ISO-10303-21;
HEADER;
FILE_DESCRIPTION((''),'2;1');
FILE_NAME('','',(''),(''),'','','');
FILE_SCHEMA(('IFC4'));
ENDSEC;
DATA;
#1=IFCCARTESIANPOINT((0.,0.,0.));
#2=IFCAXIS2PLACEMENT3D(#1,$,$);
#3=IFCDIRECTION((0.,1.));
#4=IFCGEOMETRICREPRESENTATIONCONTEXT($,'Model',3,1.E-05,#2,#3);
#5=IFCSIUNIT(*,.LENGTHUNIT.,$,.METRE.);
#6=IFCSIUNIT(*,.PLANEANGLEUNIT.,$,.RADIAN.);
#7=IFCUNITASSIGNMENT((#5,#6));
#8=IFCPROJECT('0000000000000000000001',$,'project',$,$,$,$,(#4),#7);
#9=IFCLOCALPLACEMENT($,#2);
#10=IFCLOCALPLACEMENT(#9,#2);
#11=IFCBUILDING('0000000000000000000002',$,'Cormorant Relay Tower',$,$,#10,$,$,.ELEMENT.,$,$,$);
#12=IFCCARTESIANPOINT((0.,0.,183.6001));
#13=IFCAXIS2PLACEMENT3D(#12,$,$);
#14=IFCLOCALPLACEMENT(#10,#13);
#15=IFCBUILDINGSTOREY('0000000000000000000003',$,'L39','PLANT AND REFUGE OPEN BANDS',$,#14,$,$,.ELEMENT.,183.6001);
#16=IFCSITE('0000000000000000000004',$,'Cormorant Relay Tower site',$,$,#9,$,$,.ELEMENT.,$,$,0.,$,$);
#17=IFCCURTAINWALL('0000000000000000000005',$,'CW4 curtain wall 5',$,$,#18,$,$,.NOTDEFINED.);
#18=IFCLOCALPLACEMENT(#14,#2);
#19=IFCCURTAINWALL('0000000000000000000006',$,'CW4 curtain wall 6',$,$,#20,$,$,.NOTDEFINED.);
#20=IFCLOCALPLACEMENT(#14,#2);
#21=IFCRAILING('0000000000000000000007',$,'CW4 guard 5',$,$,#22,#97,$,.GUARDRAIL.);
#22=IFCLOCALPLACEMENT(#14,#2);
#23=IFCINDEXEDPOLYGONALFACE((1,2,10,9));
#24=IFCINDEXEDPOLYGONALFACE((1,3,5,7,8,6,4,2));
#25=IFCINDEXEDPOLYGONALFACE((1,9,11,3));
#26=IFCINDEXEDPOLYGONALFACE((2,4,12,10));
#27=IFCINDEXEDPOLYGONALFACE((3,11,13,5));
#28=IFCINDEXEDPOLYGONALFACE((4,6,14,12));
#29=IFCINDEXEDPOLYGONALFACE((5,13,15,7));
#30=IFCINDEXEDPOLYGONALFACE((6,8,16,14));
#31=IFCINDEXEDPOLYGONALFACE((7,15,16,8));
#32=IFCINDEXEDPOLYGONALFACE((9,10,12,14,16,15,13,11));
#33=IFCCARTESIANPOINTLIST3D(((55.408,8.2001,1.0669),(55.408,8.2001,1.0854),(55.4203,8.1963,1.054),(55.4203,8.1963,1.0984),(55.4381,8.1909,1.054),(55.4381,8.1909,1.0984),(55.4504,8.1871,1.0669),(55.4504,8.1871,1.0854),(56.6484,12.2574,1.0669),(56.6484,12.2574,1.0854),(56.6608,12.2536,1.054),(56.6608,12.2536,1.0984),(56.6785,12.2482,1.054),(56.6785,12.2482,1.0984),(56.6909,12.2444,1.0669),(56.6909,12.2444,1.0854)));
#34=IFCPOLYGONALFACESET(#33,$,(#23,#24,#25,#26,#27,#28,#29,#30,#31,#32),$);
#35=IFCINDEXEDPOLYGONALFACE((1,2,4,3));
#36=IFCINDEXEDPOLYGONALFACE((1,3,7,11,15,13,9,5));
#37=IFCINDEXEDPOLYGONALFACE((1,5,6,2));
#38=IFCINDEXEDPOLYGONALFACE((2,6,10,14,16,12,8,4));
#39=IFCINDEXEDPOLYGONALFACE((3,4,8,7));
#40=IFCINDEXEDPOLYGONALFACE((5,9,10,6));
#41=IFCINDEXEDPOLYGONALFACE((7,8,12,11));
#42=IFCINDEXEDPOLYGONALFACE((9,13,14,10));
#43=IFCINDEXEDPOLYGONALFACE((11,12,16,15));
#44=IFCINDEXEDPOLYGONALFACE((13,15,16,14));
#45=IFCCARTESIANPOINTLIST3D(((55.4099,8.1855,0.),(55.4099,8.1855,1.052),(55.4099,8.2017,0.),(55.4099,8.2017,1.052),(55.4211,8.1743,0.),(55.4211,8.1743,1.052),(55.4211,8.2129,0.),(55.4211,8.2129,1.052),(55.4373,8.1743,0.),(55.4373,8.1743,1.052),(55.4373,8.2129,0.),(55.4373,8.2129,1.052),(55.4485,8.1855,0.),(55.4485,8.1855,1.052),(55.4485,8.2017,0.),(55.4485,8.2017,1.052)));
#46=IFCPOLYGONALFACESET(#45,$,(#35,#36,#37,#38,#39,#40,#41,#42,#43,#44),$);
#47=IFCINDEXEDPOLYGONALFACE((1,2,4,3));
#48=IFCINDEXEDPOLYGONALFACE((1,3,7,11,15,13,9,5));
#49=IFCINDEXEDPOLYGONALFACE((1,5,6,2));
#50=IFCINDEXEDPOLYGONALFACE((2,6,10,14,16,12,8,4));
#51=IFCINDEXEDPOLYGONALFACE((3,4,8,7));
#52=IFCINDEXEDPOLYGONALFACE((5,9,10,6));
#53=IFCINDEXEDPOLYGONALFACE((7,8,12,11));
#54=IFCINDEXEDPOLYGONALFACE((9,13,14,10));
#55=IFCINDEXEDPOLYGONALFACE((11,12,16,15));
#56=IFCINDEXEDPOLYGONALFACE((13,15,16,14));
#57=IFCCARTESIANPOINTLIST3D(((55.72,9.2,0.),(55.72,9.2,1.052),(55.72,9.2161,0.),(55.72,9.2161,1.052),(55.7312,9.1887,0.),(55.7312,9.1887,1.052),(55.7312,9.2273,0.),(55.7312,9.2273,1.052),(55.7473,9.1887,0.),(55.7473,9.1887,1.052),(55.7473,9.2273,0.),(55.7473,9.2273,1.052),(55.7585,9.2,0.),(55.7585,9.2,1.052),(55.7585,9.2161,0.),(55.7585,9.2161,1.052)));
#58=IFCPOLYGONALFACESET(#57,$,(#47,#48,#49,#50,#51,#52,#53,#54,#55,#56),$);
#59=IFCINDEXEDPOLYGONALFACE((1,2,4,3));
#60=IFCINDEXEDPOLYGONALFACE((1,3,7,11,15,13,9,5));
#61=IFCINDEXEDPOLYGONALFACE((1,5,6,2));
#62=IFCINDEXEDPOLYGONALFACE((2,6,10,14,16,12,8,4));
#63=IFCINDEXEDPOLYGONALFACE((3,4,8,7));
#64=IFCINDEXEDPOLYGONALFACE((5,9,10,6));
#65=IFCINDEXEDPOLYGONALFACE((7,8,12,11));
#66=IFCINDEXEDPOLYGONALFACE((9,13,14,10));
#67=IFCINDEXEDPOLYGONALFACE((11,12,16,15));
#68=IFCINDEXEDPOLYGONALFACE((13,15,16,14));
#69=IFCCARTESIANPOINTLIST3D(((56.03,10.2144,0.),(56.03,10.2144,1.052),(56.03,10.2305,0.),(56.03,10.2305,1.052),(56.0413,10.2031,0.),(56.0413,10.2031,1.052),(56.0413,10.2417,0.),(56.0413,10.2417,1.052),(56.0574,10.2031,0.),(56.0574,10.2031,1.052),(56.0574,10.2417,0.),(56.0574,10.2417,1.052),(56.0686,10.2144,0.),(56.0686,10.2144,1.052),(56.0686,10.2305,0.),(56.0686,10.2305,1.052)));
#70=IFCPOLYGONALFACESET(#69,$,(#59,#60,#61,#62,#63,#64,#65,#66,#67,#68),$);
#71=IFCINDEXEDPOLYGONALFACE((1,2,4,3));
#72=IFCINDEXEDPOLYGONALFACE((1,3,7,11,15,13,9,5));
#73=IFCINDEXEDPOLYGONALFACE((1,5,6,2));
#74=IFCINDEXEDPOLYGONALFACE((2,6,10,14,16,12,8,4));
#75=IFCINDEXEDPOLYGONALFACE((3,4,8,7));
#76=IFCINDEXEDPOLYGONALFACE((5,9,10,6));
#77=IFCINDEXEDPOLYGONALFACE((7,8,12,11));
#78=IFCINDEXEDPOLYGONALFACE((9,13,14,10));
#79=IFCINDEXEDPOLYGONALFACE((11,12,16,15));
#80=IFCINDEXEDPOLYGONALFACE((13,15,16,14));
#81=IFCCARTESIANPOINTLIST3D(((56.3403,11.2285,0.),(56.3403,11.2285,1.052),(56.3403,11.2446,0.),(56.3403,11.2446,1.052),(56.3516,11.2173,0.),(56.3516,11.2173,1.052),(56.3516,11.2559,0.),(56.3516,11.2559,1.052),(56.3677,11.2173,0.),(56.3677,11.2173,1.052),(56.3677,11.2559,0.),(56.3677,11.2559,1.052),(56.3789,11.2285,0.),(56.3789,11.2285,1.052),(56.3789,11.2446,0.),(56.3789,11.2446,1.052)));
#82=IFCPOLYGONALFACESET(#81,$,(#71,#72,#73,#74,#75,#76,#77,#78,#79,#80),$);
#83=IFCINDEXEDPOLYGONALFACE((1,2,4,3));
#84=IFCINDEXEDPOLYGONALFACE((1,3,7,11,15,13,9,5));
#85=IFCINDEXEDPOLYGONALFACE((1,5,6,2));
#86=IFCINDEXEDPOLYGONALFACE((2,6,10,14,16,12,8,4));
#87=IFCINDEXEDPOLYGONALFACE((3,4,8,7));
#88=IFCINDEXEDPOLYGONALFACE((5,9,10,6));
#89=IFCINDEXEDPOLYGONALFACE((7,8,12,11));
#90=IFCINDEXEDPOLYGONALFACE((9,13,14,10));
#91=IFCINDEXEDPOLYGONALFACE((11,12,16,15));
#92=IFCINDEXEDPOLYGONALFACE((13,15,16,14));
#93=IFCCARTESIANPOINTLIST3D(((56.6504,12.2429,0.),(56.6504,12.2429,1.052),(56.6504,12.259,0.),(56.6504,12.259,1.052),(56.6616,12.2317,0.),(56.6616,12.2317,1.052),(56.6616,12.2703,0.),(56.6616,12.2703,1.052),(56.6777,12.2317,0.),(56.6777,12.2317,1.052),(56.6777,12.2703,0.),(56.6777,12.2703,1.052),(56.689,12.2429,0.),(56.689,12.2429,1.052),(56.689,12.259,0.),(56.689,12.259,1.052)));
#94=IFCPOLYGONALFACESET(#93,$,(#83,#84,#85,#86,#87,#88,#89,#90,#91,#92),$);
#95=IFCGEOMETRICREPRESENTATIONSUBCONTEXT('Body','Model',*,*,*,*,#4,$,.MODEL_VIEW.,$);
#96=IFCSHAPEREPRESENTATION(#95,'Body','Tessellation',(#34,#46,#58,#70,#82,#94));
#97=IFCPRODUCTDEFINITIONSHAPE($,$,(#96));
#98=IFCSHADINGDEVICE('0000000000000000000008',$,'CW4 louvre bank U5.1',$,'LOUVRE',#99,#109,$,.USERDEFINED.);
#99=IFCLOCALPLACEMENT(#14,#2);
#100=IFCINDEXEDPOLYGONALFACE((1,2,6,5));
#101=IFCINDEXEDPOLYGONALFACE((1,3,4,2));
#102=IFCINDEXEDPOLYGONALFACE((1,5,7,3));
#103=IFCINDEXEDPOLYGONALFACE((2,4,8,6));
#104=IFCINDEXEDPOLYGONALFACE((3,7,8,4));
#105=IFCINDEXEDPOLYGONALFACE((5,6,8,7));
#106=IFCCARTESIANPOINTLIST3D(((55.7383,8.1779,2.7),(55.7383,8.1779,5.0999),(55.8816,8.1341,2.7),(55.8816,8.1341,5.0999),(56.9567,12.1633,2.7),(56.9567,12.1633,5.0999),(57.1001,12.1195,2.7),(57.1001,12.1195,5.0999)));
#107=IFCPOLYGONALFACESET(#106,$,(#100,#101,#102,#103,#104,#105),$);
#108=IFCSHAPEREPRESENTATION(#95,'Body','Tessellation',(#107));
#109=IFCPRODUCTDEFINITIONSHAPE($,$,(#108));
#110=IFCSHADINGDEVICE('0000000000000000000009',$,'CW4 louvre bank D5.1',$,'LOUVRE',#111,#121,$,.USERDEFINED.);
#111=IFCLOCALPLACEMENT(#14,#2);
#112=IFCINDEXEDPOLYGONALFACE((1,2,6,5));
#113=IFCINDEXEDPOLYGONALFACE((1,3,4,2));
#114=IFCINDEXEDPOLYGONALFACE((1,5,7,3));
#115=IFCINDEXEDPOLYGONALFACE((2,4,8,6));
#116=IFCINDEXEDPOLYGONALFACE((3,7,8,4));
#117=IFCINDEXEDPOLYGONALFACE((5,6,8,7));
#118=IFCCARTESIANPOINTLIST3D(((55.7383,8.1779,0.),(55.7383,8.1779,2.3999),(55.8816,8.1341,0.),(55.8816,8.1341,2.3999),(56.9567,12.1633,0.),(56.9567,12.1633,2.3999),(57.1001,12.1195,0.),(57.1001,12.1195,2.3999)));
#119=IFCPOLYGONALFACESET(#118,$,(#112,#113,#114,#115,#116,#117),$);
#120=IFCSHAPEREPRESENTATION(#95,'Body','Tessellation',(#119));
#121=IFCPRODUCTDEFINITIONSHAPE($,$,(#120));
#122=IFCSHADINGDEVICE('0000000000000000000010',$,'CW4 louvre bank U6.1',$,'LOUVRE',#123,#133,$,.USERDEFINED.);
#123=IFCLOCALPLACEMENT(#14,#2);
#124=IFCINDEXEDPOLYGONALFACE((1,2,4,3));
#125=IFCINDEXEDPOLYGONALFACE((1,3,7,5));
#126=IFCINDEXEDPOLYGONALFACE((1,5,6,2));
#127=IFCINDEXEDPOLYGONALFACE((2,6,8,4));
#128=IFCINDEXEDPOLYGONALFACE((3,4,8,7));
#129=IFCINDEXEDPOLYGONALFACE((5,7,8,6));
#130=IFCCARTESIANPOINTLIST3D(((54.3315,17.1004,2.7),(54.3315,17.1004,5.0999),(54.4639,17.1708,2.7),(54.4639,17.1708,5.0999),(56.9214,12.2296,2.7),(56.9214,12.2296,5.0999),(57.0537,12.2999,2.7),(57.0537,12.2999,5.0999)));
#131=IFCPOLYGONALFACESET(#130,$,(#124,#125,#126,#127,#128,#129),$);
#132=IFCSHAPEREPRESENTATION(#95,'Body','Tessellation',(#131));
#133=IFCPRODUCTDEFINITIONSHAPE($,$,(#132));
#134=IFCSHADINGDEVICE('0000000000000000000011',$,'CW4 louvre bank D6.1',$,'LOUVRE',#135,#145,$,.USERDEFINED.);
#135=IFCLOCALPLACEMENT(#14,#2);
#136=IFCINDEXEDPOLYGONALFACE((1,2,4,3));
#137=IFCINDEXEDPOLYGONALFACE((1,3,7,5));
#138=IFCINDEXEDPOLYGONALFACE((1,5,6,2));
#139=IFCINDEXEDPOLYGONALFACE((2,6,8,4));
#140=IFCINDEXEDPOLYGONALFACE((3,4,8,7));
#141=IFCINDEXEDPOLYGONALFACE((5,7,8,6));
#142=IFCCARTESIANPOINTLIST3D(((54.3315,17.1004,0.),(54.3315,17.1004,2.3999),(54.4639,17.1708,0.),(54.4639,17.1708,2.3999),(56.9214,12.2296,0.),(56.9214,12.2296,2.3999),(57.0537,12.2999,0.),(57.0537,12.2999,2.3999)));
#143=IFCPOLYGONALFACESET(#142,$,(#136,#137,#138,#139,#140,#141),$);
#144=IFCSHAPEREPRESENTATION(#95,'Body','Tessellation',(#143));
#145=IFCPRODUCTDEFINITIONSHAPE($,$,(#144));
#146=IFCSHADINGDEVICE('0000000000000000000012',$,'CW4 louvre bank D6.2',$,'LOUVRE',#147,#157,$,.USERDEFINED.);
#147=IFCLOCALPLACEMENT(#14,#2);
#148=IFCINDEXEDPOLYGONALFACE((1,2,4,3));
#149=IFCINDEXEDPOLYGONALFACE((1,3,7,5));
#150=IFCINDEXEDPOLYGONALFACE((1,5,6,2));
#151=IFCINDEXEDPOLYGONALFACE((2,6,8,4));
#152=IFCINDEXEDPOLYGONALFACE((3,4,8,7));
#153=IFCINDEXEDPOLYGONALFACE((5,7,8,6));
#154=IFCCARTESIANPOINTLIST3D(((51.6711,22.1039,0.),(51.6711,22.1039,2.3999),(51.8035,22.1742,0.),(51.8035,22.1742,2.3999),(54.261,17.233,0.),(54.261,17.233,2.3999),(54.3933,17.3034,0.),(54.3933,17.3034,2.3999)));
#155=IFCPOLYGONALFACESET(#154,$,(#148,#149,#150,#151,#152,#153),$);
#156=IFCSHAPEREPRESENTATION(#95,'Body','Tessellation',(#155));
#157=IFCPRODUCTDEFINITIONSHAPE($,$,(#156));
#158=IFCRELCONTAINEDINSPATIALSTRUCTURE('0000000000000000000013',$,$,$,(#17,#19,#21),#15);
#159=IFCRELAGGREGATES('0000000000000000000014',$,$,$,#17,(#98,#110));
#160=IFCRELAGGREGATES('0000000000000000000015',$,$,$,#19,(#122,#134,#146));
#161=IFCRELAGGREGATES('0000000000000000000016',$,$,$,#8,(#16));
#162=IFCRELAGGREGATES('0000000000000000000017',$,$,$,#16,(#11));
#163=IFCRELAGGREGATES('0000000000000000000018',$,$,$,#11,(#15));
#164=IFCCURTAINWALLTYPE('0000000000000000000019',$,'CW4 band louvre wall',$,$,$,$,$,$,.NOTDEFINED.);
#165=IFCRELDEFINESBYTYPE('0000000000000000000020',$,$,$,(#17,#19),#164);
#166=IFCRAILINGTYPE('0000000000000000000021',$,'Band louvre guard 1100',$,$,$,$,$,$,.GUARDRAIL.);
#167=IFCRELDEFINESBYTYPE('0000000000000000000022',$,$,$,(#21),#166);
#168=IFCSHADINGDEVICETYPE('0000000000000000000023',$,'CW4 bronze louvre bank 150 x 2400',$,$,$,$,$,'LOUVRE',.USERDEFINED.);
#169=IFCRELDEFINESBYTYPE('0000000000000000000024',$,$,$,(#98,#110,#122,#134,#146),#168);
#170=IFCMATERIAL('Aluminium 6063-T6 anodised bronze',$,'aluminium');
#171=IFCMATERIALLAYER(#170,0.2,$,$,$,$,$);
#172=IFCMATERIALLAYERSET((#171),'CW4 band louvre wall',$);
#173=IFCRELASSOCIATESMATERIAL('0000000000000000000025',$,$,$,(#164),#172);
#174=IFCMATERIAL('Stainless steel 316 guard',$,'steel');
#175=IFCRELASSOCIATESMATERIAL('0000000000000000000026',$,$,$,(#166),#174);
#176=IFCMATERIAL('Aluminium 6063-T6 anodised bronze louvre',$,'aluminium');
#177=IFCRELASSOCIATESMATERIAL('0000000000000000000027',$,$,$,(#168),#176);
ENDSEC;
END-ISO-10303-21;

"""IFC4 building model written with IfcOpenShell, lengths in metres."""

from ifc_helpers import new_model, si_unit, direction, frame, origin, origin_2d, place, context, subcontext, project, spatial, polyline, rectangle, outline, extrude, material, layer, layer_set, type_object, element, aggregate, save


model = new_model("IFC4")

# Units and contexts
model_context = context("Model", 3, precision=1e-05, world=origin(), true_north=direction((0.0, 1.0)))
body_context = subcontext(model_context, "Body", "Model", "MODEL_VIEW")
ifc_project = project(units=[si_unit("LENGTHUNIT", "METRE"), si_unit("PLANEANGLEUNIT", "RADIAN")], contexts=[model_context])

# Site, building, storey
site_placement = place(None, origin())
site = spatial("IfcSite", under=ifc_project, at=site_placement, Name="Cormorant Relay Tower site", CompositionType="ELEMENT", RefElevation=0.0)
building_placement = place(site_placement, origin())
building = spatial("IfcBuilding", under=site, at=building_placement, Name="Cormorant Relay Tower", CompositionType="ELEMENT")
storey_placement = place(building_placement, frame((0.0, 0.0, 183.6001)))
storey = spatial("IfcBuildingStorey", under=building, at=storey_placement, Name="L39", Description="PLANT AND REFUGE OPEN BANDS", CompositionType="ELEMENT", Elevation=183.6001)

# Curtain wall
ifc_material_1 = material(Name="Aluminium 6063-T6 anodised bronze", Category="aluminium")
ifc_layer_1 = layer(ifc_material_1, 0.2)
ifc_layer_set_1 = layer_set([ifc_layer_1], Name="CW4 band louvre wall")
curtain_wall_type = type_object("IfcCurtainWallType", Name="CW4 band louvre wall", PredefinedType="NOTDEFINED", material=ifc_layer_set_1)
curtain_wall_1_placement = place(storey_placement, origin())
curtain_wall_1 = element("IfcCurtainWall", 1, at=curtain_wall_1_placement, inside=storey, type_object=curtain_wall_type, Name="CW4 curtain wall 5", PredefinedType="NOTDEFINED")

# Curtain wall
curtain_wall_2_placement = place(storey_placement, origin())
curtain_wall_2 = element("IfcCurtainWall", 2, at=curtain_wall_2_placement, inside=storey, type_object=curtain_wall_type, Name="CW4 curtain wall 6", PredefinedType="NOTDEFINED")

# Railing
ifc_material_2 = material(Name="Stainless steel 316 guard", Category="steel")
railing_type = type_object("IfcRailingType", Name="Band louvre guard 1100", PredefinedType="GUARDRAIL", material=ifc_material_2)
railing_1_placement = place(storey_placement, frame((55.4292, 8.1936, 0.0)))
element("IfcRailing", 3, at=railing_1_placement, inside=storey, type_object=railing_type, Name="CW4 guard 5", PredefinedType="GUARDRAIL", context=body_context, shape_type="SweptSolid", body=[
    extrude(outline(polyline([(0.0222, 0.0093), (0.0093, 0.0222), (-0.0093, 0.0222), (-0.0222, 0.0093), (-0.0222, -0.0093), (-0.0093, -0.0222), (0.0093, -0.0222), (0.0222, -0.0093), (0.0222, 0.0093)])), frame((0.0, 0.0, 1.0762), z_axis=(0.292375, 0.956304, 0.0), x_axis=(-0.956304, 0.292375, 0.0)), (0.0, 0.0, 1.0), 4.2427),
    extrude(outline(polyline([(0.0193, 0.0081), (0.0081, 0.0193), (-0.0081, 0.0193), (-0.0193, 0.0081), (-0.0193, -0.0081), (-0.0081, -0.0193), (0.0081, -0.0193), (0.0193, -0.0081), (0.0193, 0.0081)])), origin(), (0.0, 0.0, 1.0), 1.052),
    extrude(outline(polyline([(0.0193, 0.0081), (0.0081, 0.0193), (-0.0081, 0.0193), (-0.0193, 0.0081), (-0.0193, -0.0081), (-0.0081, -0.0193), (0.0081, -0.0193), (0.0193, -0.0081), (0.0193, 0.0081)])), frame((0.3101, 1.0144, 0.0)), (0.0, 0.0, 1.0), 1.052),
    extrude(outline(polyline([(0.0193, 0.0081), (0.0081, 0.0193), (-0.0081, 0.0193), (-0.0193, 0.0081), (-0.0193, -0.0081), (-0.0081, -0.0193), (0.0081, -0.0193), (0.0193, -0.0081), (0.0193, 0.0081)])), frame((0.6201, 2.0288, 0.0)), (0.0, 0.0, 1.0), 1.052),
    extrude(outline(polyline([(0.0193, 0.0081), (0.0081, 0.0193), (-0.0081, 0.0193), (-0.0193, 0.0081), (-0.0193, -0.0081), (-0.0081, -0.0193), (0.0081, -0.0193), (0.0193, -0.0081), (0.0193, 0.0081)])), frame((0.9304, 3.043, 0.0)), (0.0, 0.0, 1.0), 1.052),
    extrude(outline(polyline([(0.0193, 0.0081), (0.0081, 0.0193), (-0.0081, 0.0193), (-0.0193, 0.0081), (-0.0193, -0.0081), (-0.0081, -0.0193), (0.0081, -0.0193), (0.0193, -0.0081), (0.0193, 0.0081)])), frame((1.2405, 4.0574, 0.0)), (0.0, 0.0, 1.0), 1.052),
])

# Shading devices
ifc_material_3 = material(Name="Aluminium 6063-T6 anodised bronze louvre", Category="aluminium")
shading_device_type = type_object("IfcShadingDeviceType", Name="CW4 bronze louvre bank 150 x 2400", ElementType="LOUVRE", PredefinedType="USERDEFINED", material=ifc_material_3)
shading_device_1_placement = place(storey_placement, frame((56.4192, 10.1487, 2.7), z_axis=(0.0, 0.0, 1.0), x_axis=(0.292372, 0.956305, 0.0)))
shading_device_1 = element("IfcShadingDevice", 4, at=shading_device_1_placement, type_object=shading_device_type, Name="CW4 louvre bank U5.1", ObjectType="LOUVRE", PredefinedType="USERDEFINED", context=body_context, shape_type="SweptSolid", body=[
    extrude(rectangle(XDim=4.1675, YDim=0.1499, at=origin_2d()), origin(), (0.0, 0.0, 1.0), 2.3999),
])
shading_device_2_placement = place(storey_placement, frame((56.4192, 10.1487, 0.0), z_axis=(0.0, 0.0, 1.0), x_axis=(0.292372, 0.956305, 0.0)))
shading_device_2 = element("IfcShadingDevice", 5, at=shading_device_2_placement, type_object=shading_device_type, Name="CW4 louvre bank D5.1", ObjectType="LOUVRE", PredefinedType="USERDEFINED", context=body_context, shape_type="SweptSolid", body=[
    extrude(rectangle(XDim=4.1675, YDim=0.1499, at=origin_2d()), origin(), (0.0, 0.0, 1.0), 2.3999),
])
aggregate(curtain_wall_1, [shading_device_1, shading_device_2])
shading_device_3_placement = place(storey_placement, frame((55.6926, 14.7002, 2.7), z_axis=(0.0, 0.0, 1.0), x_axis=(-0.469472, 0.882948, 0.0)))
shading_device_3 = element("IfcShadingDevice", 6, at=shading_device_3_placement, type_object=shading_device_type, Name="CW4 louvre bank U6.1", ObjectType="LOUVRE", PredefinedType="USERDEFINED", context=body_context, shape_type="SweptSolid", body=[
    extrude(rectangle(XDim=5.5166, YDim=0.1499, at=origin_2d()), origin(), (0.0, 0.0, 1.0), 2.3999),
])
shading_device_4_placement = place(storey_placement, frame((55.6926, 14.7002, 0.0), z_axis=(0.0, 0.0, 1.0), x_axis=(-0.469472, 0.882948, 0.0)))
shading_device_4 = element("IfcShadingDevice", 7, at=shading_device_4_placement, type_object=shading_device_type, Name="CW4 louvre bank D6.1", ObjectType="LOUVRE", PredefinedType="USERDEFINED", context=body_context, shape_type="SweptSolid", body=[
    extrude(rectangle(XDim=5.5166, YDim=0.1499, at=origin_2d()), origin(), (0.0, 0.0, 1.0), 2.3999),
])
shading_device_5_placement = place(storey_placement, frame((53.0322, 19.7036, 0.0), z_axis=(0.0, 0.0, 1.0), x_axis=(-0.469472, 0.882948, 0.0)))
shading_device_5 = element("IfcShadingDevice", 8, at=shading_device_5_placement, type_object=shading_device_type, Name="CW4 louvre bank D6.2", ObjectType="LOUVRE", PredefinedType="USERDEFINED", context=body_context, shape_type="SweptSolid", body=[
    extrude(rectangle(XDim=5.5166, YDim=0.1499, at=origin_2d()), origin(), (0.0, 0.0, 1.0), 2.3999),
])
aggregate(curtain_wall_2, [shading_device_3, shading_device_4, shading_device_5])

save(model, "model.ifc")
